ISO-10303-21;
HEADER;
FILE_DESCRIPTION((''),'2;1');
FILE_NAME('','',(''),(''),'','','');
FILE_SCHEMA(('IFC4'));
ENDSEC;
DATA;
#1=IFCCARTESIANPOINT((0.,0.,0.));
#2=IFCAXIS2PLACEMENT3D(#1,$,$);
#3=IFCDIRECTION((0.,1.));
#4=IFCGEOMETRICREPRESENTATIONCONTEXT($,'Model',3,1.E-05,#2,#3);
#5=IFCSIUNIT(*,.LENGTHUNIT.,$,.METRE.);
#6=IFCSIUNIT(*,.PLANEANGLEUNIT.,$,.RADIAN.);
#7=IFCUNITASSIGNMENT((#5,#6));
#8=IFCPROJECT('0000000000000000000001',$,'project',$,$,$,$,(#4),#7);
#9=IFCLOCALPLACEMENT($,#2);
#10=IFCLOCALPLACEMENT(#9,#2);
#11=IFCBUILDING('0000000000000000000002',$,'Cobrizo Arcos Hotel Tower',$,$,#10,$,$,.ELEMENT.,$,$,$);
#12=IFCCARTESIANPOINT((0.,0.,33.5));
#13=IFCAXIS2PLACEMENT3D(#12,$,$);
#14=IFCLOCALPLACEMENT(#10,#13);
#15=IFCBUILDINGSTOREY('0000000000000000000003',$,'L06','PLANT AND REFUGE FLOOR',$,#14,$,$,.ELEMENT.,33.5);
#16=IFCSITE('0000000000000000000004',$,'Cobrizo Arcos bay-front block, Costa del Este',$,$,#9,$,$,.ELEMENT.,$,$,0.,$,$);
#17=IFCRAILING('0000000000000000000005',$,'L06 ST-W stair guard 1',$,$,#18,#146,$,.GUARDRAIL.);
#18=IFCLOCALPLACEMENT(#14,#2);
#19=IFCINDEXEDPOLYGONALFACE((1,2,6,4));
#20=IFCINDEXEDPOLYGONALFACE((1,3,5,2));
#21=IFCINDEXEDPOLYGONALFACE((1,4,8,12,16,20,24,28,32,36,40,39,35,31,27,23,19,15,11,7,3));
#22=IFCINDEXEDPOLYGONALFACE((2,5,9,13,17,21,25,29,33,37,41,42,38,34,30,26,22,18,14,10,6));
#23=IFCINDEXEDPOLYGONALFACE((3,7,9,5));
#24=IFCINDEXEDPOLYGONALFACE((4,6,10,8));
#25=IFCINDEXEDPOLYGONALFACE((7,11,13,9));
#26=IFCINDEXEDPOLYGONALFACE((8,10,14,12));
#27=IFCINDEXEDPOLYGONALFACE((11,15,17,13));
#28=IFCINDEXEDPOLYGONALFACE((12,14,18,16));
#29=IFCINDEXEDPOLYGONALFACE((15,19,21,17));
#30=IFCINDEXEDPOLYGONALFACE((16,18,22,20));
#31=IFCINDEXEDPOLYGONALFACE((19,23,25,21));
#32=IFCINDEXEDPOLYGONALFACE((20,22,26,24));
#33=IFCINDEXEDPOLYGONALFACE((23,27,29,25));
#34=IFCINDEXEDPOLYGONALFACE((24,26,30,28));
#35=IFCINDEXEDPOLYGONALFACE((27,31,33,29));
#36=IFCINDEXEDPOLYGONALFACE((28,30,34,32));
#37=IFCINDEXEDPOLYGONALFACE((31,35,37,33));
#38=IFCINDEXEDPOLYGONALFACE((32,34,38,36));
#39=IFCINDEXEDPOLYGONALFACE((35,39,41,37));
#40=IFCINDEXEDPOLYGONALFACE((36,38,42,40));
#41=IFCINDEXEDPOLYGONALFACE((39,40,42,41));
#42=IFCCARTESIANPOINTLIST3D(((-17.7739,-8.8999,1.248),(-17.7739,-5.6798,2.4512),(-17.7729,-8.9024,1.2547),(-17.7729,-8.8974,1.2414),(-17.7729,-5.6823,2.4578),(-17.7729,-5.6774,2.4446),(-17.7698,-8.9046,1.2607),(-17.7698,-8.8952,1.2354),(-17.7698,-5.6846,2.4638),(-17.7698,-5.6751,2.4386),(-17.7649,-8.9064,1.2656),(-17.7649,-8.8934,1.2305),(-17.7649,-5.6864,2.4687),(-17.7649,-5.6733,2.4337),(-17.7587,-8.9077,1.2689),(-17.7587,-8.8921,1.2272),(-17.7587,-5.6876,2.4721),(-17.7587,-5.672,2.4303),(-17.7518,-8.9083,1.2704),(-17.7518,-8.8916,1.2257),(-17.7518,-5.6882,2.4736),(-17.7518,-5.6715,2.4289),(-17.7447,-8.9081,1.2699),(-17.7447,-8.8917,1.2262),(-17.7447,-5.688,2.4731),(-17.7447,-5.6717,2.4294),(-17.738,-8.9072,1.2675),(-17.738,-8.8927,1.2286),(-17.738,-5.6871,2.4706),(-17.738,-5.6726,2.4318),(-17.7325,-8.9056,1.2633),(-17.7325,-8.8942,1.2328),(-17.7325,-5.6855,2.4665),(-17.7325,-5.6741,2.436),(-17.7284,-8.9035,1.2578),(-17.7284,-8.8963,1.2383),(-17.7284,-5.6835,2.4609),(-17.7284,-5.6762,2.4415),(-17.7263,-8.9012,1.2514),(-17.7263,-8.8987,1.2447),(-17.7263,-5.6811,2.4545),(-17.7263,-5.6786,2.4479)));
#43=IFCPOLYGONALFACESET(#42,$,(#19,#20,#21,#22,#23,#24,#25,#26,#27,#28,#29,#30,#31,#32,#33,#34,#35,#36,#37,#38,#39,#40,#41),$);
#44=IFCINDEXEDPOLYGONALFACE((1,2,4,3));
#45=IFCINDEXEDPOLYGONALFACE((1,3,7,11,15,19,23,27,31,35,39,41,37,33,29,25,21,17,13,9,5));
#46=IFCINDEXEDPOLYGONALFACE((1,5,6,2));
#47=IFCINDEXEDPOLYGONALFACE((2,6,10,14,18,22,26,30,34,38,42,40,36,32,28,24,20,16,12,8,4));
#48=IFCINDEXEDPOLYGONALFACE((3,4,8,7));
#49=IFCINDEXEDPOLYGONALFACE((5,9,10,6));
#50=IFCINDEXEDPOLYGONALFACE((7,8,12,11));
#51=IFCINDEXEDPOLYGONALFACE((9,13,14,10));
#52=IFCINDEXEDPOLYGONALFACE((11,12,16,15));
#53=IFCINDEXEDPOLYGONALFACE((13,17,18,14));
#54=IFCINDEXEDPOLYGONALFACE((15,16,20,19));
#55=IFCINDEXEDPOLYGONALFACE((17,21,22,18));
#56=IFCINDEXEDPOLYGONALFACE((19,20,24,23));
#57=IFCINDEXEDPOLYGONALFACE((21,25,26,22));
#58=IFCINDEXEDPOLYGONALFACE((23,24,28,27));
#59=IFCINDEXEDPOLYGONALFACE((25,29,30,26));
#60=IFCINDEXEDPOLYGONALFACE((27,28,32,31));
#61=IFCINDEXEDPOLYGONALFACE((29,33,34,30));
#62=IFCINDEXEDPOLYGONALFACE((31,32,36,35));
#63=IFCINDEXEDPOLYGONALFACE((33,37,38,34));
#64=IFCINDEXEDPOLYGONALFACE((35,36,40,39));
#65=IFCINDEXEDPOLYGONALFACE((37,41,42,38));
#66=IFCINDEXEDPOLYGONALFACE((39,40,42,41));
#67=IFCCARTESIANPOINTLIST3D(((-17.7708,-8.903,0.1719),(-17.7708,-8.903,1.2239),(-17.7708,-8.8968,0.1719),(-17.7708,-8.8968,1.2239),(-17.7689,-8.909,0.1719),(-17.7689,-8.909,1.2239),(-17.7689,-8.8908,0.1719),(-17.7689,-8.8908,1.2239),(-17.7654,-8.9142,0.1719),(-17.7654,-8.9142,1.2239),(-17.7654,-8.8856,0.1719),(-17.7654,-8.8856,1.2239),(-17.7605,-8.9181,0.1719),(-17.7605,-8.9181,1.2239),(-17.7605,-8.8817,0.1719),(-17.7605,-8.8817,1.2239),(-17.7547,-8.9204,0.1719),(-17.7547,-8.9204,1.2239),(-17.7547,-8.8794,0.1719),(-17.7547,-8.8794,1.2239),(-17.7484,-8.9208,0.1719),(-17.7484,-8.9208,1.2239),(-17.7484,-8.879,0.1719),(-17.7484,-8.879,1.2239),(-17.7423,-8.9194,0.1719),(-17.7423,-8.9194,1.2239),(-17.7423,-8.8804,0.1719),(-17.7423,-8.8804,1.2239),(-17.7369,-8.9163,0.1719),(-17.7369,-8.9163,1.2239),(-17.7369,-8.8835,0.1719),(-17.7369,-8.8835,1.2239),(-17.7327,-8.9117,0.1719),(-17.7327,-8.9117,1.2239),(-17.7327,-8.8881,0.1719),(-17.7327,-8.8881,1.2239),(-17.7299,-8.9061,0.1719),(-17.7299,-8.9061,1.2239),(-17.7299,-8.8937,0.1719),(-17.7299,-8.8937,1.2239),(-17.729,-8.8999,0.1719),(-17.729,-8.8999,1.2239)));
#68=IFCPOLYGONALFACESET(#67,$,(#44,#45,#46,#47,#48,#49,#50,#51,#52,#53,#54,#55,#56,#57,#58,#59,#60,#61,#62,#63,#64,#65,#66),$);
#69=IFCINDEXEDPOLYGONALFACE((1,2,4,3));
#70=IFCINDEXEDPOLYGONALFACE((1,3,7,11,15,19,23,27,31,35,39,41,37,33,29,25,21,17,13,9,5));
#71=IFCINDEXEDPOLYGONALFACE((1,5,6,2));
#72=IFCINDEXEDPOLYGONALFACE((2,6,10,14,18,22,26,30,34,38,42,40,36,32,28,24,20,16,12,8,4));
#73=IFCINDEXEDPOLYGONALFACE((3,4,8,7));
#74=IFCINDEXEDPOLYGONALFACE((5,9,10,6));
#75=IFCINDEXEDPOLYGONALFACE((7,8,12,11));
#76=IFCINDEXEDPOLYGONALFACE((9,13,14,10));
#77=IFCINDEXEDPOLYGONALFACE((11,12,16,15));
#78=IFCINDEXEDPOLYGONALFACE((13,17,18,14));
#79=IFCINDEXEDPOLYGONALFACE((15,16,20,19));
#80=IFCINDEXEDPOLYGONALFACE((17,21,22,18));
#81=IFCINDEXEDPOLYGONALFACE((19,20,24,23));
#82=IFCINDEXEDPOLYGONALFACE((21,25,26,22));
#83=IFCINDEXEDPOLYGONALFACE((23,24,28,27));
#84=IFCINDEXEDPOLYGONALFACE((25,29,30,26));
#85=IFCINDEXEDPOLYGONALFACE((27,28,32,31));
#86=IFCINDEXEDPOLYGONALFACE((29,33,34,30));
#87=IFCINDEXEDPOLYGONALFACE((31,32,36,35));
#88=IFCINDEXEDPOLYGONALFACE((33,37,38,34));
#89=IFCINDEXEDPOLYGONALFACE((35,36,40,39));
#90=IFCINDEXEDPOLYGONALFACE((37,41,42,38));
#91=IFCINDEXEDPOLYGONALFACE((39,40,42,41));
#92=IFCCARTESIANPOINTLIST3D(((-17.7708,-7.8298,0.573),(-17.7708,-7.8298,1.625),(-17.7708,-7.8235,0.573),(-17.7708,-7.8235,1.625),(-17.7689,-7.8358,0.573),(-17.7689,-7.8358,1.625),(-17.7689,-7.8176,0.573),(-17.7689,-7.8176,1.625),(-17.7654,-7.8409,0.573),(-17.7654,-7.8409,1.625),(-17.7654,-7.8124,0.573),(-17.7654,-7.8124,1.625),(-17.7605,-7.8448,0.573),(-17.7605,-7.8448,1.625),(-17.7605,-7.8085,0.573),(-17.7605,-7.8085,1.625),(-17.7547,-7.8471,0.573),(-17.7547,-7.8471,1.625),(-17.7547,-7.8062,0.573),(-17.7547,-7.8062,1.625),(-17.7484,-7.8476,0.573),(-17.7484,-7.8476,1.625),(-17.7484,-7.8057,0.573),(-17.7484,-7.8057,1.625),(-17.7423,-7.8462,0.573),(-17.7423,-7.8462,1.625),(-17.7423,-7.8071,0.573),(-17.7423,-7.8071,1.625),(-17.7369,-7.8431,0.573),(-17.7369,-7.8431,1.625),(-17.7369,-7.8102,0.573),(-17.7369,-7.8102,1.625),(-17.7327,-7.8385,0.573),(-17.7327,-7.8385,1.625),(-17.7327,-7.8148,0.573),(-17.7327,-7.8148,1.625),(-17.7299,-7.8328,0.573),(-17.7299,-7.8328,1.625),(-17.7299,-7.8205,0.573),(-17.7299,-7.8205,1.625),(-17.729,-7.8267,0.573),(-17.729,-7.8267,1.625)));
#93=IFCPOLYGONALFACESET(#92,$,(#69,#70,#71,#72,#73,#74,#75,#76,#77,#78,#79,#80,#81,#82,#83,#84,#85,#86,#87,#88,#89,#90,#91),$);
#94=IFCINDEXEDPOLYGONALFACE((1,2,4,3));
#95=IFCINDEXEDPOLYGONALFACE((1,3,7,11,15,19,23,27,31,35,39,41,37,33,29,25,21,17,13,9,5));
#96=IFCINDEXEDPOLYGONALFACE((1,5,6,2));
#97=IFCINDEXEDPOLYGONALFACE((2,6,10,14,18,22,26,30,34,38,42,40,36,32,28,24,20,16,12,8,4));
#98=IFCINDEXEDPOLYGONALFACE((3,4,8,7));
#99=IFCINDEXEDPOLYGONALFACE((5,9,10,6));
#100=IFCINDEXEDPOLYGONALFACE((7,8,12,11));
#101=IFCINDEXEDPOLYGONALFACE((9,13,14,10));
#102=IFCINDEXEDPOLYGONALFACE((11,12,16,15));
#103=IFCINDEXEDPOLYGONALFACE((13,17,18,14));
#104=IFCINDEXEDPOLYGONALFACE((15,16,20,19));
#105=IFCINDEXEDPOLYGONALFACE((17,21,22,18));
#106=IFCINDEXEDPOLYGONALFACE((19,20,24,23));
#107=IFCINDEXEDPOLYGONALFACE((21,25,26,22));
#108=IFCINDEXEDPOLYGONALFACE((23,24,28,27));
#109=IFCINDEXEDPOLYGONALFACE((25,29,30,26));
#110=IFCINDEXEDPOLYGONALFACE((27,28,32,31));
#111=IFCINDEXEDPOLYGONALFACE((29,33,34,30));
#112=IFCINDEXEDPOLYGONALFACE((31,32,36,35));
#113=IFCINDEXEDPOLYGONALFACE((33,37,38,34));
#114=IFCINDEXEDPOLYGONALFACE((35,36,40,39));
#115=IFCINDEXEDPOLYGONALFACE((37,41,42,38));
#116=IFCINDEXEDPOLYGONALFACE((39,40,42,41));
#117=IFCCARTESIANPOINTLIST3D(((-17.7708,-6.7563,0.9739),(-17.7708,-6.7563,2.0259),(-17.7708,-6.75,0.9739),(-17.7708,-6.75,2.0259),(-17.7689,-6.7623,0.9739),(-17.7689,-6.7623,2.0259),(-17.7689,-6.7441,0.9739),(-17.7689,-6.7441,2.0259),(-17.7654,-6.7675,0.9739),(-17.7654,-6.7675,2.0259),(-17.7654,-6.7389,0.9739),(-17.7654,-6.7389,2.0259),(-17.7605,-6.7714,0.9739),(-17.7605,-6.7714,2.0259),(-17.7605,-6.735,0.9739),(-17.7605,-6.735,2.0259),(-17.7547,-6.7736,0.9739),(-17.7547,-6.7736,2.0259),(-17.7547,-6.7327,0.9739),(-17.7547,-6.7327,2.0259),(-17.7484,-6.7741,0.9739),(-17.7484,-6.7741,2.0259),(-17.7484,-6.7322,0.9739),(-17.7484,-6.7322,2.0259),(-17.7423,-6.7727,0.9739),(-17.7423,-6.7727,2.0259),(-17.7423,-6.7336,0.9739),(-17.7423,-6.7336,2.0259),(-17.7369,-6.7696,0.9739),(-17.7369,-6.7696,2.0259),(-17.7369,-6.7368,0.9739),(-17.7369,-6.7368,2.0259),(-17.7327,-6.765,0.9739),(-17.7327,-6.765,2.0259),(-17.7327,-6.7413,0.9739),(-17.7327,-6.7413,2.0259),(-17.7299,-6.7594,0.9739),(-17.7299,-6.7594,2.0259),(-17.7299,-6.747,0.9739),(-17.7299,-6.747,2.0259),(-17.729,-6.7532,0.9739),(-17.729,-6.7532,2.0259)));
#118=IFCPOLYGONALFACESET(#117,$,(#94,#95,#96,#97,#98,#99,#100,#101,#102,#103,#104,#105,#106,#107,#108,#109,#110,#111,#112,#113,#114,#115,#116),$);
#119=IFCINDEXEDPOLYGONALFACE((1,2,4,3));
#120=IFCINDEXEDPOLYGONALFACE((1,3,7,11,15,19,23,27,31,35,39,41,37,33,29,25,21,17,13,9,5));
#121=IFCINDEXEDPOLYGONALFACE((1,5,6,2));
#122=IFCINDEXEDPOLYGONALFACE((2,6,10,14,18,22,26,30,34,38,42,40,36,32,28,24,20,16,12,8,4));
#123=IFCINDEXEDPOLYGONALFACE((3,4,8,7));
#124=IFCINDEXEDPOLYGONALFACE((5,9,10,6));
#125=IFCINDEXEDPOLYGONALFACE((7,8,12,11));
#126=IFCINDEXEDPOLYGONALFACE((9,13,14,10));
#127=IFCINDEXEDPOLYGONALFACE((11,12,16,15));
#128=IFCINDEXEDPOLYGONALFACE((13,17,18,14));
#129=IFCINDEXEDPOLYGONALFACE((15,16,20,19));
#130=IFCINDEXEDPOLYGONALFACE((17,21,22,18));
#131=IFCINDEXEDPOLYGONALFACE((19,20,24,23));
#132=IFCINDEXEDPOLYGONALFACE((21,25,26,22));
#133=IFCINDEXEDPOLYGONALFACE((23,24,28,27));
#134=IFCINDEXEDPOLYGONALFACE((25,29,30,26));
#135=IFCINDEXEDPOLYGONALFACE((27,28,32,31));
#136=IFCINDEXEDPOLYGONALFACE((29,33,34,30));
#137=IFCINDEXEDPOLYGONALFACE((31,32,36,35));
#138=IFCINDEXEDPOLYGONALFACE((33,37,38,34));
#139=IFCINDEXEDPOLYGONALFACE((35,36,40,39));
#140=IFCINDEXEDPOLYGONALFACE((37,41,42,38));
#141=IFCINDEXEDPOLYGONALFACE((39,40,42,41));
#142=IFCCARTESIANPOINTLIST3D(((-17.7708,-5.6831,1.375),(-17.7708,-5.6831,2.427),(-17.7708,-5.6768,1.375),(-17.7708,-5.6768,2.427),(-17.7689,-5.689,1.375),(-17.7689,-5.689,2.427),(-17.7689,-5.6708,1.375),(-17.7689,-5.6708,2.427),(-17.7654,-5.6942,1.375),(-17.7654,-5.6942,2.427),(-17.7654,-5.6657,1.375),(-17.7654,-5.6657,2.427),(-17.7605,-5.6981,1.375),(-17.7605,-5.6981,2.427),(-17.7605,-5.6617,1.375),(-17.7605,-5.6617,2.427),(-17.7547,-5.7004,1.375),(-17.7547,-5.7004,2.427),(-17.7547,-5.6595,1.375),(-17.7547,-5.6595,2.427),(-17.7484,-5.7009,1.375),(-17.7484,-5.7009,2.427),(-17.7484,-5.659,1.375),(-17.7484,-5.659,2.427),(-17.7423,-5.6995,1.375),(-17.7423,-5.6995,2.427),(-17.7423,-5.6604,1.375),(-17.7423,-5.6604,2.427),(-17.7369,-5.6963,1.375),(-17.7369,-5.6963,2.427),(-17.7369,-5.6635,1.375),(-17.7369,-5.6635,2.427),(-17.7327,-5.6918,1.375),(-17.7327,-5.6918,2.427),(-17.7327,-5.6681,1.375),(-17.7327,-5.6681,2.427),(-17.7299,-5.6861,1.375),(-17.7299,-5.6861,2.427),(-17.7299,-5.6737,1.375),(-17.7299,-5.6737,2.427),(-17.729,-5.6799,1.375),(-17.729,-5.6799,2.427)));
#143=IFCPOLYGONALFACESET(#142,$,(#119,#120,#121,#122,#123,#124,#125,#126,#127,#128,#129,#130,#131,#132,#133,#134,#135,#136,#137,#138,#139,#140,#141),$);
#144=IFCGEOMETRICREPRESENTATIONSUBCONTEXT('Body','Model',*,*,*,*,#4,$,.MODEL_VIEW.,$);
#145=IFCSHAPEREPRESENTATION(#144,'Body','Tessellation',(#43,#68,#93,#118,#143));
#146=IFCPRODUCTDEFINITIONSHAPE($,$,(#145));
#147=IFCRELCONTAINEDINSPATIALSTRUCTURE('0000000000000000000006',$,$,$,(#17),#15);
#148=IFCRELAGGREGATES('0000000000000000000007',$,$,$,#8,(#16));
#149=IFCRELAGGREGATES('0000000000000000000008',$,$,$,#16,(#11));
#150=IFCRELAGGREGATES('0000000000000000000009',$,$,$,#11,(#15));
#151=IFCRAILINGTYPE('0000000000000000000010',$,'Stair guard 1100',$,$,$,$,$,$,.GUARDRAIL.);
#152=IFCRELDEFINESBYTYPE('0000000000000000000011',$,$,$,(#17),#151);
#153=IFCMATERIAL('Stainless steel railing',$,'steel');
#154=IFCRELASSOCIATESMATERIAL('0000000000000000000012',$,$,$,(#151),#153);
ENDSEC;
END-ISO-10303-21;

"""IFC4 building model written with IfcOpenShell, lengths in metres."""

from ifc_helpers import new_model, si_unit, direction, frame, origin, origin_2d, place, context, subcontext, project, spatial, circle, extrude, material, type_object, element, save


model = new_model("IFC4")

# Units and contexts
model_context = context("Model", 3, precision=1e-05, world=origin(), true_north=direction((0.0, 1.0)))
body_context = subcontext(model_context, "Body", "Model", "MODEL_VIEW")
ifc_project = project(units=[si_unit("LENGTHUNIT", "METRE"), si_unit("PLANEANGLEUNIT", "RADIAN")], contexts=[model_context])

# Site, building, storey
site_placement = place(None, origin())
site = spatial("IfcSite", under=ifc_project, at=site_placement, Name="Cobrizo Arcos bay-front block, Costa del Este", CompositionType="ELEMENT", RefElevation=0.0)
building_placement = place(site_placement, origin())
building = spatial("IfcBuilding", under=site, at=building_placement, Name="Cobrizo Arcos Hotel Tower", CompositionType="ELEMENT")
storey_placement = place(building_placement, frame((0.0, 0.0, 33.5)))
storey = spatial("IfcBuildingStorey", under=building, at=storey_placement, Name="L06", Description="PLANT AND REFUGE FLOOR", CompositionType="ELEMENT", Elevation=33.5)

# Railing
ifc_material_1 = material(Name="Stainless steel railing", Category="steel")
railing_type_1 = type_object("IfcRailingType", Name="Stair guard 1100", PredefinedType="GUARDRAIL", material=ifc_material_1)
railing_1_placement = place(storey_placement, frame((-17.75, -8.8999, 0.1719)))
element("IfcRailing", 1, at=railing_1_placement, inside=storey, type_object=railing_type_1, Name="L06 ST-W stair guard 1", PredefinedType="GUARDRAIL", context=body_context, shape_type="SweptSolid", body=[
    extrude(circle(Radius=0.0239, at=origin_2d()), frame((0.0, 0.0, 1.0762), z_axis=(0.0, 0.936746, 0.35001), x_axis=(-1.0, 0.0, 0.0)), (0.0, 0.0, 1.0), 3.4375),
    extrude(circle(Radius=0.021, at=origin_2d()), origin(), (0.0, 0.0, 1.0), 1.052),
    extrude(circle(Radius=0.021, at=origin_2d()), frame((0.0, 1.0732, 0.4011)), (0.0, 0.0, 1.0), 1.052),
    extrude(circle(Radius=0.021, at=origin_2d()), frame((0.0, 2.1467, 0.802)), (0.0, 0.0, 1.0), 1.052),
    extrude(circle(Radius=0.021, at=origin_2d()), frame((0.0, 3.22, 1.2031)), (0.0, 0.0, 1.0), 1.052),
])

save(model, "model.ifc")
